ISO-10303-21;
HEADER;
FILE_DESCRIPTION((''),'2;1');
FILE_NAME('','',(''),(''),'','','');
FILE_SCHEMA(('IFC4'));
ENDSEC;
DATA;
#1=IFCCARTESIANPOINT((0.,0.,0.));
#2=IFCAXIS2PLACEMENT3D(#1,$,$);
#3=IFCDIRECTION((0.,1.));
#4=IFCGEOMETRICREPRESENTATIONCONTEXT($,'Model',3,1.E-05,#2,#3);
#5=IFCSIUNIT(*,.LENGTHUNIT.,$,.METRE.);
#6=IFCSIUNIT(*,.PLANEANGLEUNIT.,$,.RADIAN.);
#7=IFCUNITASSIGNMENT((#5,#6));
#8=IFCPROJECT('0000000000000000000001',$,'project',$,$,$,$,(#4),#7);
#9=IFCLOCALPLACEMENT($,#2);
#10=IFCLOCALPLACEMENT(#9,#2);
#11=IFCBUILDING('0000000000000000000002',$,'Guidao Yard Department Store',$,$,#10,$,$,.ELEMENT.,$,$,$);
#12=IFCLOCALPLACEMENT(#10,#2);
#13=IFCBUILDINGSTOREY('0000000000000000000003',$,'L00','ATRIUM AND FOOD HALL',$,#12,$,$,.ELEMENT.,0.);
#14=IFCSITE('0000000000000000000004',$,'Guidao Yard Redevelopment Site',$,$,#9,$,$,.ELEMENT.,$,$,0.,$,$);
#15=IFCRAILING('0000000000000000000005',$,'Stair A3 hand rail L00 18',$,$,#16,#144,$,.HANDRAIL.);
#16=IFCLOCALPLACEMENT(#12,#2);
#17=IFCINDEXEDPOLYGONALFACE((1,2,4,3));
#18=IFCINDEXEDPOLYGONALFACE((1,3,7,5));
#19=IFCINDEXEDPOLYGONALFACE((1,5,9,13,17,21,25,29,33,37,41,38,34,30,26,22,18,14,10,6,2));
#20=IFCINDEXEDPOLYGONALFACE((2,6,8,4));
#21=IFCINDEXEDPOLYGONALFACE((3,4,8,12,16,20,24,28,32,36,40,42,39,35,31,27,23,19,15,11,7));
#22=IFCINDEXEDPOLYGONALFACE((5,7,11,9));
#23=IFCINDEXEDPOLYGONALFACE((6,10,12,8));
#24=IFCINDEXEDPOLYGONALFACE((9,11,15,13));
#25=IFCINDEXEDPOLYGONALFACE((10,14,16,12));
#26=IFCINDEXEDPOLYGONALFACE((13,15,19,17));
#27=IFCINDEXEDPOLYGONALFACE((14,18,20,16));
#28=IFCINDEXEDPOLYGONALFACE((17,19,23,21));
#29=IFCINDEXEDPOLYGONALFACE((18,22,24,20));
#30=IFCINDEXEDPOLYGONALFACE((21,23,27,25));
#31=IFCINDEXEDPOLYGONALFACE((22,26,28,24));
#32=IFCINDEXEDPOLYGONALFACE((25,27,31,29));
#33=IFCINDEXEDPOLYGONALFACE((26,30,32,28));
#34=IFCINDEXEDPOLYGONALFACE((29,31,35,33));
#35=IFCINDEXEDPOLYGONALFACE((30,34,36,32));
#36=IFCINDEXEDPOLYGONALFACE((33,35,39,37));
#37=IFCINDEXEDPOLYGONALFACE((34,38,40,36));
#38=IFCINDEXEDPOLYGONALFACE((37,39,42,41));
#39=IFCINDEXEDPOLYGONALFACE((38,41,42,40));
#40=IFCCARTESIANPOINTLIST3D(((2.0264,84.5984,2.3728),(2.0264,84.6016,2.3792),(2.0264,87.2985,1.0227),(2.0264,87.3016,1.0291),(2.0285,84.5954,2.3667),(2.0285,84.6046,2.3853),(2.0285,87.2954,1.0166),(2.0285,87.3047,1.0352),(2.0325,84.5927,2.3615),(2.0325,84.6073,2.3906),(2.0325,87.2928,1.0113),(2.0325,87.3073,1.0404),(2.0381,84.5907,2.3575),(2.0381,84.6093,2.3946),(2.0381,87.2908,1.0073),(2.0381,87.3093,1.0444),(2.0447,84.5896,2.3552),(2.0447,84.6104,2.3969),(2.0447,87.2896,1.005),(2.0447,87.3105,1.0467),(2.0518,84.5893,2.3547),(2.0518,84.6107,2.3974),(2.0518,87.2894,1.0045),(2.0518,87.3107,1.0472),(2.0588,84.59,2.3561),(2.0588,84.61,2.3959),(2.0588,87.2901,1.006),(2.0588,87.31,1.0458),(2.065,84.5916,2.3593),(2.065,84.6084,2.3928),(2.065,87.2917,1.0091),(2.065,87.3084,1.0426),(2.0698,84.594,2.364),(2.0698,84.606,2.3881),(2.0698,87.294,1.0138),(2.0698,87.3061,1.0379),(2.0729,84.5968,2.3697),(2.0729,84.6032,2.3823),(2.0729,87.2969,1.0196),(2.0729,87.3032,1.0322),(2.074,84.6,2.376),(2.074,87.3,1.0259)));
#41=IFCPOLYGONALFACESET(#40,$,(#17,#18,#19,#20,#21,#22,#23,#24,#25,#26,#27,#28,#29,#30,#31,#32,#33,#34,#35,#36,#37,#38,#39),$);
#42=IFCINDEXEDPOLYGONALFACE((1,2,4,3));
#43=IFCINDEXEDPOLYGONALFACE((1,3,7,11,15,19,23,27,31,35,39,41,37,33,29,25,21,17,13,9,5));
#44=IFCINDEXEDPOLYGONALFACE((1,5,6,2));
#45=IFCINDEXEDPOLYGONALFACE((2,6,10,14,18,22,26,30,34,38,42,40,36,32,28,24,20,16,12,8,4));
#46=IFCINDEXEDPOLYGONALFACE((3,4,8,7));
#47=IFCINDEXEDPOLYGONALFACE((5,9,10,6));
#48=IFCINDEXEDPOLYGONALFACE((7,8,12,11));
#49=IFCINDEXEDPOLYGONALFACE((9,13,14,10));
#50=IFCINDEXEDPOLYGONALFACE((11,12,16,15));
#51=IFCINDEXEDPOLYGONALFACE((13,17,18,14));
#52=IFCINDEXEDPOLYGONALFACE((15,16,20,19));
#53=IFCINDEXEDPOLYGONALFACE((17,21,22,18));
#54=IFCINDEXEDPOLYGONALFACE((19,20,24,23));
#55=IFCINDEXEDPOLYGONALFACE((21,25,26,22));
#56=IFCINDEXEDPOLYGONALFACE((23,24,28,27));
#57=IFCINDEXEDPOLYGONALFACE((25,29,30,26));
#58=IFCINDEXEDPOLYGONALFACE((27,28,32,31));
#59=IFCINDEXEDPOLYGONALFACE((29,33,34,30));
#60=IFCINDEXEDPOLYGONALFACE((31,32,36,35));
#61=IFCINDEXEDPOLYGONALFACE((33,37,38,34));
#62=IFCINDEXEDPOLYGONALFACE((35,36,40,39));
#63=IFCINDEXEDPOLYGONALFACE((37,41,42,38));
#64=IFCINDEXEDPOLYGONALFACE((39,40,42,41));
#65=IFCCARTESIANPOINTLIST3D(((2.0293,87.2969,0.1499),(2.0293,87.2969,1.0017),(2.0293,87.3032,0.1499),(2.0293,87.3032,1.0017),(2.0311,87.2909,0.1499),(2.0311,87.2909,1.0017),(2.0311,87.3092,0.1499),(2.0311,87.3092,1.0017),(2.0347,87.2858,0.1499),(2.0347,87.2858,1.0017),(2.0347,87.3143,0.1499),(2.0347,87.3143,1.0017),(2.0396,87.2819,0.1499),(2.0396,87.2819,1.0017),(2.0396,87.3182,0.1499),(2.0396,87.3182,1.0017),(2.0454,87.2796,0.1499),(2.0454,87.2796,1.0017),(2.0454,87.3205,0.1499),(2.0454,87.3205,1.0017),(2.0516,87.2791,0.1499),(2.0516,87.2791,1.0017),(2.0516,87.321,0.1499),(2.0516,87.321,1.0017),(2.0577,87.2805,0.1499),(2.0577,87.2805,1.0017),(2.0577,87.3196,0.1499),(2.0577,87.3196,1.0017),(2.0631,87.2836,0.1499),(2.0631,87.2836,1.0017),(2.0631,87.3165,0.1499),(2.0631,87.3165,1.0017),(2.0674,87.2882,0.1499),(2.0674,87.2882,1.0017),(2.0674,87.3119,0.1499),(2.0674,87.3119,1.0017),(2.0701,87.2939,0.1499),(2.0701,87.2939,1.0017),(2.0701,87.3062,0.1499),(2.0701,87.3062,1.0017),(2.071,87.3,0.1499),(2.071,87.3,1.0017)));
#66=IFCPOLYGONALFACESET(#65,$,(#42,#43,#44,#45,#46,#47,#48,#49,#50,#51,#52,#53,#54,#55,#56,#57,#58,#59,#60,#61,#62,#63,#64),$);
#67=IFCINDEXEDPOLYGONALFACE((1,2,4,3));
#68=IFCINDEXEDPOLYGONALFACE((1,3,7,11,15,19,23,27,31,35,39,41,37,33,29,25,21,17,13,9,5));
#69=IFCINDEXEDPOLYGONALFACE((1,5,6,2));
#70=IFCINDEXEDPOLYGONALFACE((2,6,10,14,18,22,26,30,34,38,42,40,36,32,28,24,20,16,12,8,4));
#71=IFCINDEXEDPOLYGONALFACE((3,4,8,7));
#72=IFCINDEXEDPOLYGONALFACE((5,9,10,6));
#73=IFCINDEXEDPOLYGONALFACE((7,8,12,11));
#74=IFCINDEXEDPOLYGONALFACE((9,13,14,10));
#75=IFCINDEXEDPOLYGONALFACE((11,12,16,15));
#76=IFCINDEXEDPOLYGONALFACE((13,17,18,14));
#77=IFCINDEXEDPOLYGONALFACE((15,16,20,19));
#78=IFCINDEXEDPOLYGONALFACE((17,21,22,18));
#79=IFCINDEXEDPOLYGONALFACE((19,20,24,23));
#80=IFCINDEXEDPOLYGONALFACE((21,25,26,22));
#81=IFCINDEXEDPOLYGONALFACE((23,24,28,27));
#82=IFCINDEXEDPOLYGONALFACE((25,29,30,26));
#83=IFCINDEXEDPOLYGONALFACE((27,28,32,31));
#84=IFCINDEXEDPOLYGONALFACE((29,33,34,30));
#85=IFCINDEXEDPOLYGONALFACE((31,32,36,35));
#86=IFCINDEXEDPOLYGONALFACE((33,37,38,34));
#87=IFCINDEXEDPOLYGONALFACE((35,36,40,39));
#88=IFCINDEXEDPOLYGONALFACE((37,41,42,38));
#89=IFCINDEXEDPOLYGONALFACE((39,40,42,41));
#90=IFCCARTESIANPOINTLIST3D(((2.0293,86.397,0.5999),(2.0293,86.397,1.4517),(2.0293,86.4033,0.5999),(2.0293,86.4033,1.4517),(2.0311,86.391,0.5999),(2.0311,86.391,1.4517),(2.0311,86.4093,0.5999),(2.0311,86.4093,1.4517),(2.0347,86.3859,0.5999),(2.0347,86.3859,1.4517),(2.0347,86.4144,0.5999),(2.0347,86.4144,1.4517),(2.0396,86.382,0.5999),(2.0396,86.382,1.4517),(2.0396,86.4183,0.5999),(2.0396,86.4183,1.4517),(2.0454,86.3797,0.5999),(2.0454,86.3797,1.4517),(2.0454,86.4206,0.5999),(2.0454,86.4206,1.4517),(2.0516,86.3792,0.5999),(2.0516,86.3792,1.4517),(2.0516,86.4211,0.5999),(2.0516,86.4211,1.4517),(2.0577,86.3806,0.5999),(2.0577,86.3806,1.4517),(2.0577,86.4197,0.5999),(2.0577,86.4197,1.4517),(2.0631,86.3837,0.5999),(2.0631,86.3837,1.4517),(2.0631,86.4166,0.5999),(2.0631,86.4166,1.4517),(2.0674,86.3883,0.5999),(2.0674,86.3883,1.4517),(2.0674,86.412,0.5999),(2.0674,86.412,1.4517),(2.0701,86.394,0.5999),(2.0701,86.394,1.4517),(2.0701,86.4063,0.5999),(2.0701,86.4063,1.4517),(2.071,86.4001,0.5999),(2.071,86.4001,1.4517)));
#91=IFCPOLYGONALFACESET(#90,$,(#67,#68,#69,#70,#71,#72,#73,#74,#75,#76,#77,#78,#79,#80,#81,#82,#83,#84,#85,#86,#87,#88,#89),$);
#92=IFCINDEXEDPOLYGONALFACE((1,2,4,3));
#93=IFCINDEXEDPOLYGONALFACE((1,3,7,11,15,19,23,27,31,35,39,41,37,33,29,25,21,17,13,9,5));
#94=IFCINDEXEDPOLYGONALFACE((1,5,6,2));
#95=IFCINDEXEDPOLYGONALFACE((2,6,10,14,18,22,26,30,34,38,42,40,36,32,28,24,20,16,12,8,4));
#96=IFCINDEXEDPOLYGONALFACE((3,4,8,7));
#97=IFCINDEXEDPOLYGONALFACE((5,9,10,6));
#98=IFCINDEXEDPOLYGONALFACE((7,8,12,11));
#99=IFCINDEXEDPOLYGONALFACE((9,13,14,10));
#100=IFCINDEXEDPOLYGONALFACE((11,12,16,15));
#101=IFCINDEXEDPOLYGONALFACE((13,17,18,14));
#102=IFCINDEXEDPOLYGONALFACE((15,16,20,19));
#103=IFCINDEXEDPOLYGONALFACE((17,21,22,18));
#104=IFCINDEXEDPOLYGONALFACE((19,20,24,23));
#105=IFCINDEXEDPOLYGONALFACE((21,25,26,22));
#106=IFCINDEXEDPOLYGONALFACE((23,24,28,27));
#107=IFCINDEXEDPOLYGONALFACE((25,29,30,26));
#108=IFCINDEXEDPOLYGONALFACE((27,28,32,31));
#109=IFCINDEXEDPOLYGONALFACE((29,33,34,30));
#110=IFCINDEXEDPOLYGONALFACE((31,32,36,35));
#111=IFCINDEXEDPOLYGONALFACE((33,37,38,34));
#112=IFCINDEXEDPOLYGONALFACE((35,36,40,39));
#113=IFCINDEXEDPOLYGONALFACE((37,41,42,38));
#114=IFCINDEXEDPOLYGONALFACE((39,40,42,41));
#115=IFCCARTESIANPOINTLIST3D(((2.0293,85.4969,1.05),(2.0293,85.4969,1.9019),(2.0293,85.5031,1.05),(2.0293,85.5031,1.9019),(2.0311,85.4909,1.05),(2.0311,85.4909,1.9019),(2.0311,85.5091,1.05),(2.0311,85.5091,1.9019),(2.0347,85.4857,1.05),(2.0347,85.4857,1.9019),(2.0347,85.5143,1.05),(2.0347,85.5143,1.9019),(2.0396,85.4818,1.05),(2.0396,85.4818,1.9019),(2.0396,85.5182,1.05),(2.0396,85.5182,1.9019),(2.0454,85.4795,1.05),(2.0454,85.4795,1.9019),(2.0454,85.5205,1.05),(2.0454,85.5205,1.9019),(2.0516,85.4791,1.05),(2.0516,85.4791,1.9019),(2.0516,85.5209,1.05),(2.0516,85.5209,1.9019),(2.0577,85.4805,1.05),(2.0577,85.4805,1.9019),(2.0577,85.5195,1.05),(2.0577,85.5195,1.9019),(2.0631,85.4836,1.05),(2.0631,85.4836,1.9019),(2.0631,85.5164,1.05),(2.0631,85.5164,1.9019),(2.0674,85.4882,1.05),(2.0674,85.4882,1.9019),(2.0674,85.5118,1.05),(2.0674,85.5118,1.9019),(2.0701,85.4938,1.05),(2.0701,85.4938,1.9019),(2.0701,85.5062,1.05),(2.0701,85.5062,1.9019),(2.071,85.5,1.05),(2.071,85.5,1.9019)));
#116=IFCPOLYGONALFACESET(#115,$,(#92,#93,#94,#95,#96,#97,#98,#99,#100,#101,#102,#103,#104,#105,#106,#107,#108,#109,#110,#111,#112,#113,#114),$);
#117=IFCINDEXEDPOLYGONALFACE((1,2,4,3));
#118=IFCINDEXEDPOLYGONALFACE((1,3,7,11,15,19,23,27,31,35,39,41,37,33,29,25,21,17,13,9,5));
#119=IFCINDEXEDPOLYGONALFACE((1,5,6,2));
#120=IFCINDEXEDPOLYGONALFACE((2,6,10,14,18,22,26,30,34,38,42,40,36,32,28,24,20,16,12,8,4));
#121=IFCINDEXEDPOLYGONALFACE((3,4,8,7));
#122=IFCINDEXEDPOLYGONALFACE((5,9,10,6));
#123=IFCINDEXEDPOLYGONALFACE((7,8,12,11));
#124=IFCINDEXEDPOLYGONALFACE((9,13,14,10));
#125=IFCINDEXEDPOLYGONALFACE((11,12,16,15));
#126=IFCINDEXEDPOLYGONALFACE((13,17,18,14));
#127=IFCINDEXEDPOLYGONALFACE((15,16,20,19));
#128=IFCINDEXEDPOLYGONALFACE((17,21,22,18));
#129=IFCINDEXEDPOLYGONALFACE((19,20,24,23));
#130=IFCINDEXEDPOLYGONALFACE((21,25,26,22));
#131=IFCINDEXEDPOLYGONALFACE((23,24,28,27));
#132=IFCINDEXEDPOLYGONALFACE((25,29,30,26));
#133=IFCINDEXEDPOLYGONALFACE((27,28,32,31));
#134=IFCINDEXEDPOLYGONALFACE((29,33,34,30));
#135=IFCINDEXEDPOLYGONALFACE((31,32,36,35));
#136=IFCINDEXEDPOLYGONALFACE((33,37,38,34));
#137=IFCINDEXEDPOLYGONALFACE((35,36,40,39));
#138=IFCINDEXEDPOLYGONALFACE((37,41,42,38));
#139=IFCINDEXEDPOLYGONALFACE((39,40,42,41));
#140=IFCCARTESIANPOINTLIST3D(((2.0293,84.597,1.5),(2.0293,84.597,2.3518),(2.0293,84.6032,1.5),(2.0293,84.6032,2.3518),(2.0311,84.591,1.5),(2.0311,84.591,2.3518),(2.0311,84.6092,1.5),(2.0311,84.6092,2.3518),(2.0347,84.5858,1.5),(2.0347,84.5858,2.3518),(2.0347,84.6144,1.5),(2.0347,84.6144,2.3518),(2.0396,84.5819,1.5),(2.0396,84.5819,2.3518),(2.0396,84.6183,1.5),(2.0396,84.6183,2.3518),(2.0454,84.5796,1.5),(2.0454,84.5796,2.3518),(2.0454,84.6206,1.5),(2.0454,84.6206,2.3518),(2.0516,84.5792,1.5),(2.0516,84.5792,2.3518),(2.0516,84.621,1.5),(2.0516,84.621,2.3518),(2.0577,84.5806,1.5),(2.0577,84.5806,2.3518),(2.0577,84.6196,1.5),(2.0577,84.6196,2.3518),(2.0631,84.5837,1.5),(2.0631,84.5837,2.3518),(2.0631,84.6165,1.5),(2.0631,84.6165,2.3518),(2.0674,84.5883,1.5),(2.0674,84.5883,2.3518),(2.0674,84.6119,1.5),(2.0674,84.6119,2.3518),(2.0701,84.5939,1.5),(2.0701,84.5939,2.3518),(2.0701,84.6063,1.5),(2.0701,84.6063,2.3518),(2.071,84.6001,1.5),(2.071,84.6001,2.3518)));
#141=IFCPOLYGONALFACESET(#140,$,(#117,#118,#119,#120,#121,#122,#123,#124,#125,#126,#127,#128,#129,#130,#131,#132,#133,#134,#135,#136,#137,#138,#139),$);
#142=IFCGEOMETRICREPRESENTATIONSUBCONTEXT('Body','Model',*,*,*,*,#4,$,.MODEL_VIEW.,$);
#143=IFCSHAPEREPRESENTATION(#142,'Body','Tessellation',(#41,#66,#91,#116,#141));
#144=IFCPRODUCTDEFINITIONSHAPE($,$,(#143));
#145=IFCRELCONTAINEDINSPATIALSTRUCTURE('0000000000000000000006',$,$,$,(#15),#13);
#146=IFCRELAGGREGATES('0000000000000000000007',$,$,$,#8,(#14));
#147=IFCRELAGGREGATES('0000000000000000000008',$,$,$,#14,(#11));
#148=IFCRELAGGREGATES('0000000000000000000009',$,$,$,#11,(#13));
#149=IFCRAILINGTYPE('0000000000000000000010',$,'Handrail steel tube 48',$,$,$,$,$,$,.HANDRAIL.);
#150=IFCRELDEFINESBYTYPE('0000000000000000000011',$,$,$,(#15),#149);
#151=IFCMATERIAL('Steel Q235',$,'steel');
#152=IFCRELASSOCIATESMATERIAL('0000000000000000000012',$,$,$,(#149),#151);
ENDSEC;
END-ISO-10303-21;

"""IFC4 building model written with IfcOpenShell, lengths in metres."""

from ifc_helpers import new_model, si_unit, direction, frame, origin, origin_2d, place, context, subcontext, project, spatial, circle, extrude, material, type_object, element, save


model = new_model("IFC4")

# Units and contexts
model_context = context("Model", 3, precision=1e-05, world=origin(), true_north=direction((0.0, 1.0)))
body_context = subcontext(model_context, "Body", "Model", "MODEL_VIEW")
ifc_project = project(units=[si_unit("LENGTHUNIT", "METRE"), si_unit("PLANEANGLEUNIT", "RADIAN")], contexts=[model_context])

# Site, building, storey
site_placement = place(None, origin())
site = spatial("IfcSite", under=ifc_project, at=site_placement, Name="Guidao Yard Redevelopment Site", CompositionType="ELEMENT", RefElevation=0.0)
building_placement = place(site_placement, origin())
building = spatial("IfcBuilding", under=site, at=building_placement, Name="Guidao Yard Department Store", CompositionType="ELEMENT")
storey_placement = place(building_placement, origin())
storey = spatial("IfcBuildingStorey", under=building, at=storey_placement, Name="L00", Description="ATRIUM AND FOOD HALL", CompositionType="ELEMENT", Elevation=0.0)

# Railing
ifc_material_1 = material(Name="Steel Q235", Category="steel")
railing_type = type_object("IfcRailingType", Name="Handrail steel tube 48", PredefinedType="HANDRAIL", material=ifc_material_1)
for number, where, name in (
    (1, (2.05, 87.3, 0.1499), "Stair A3 hand rail L00 18"),
):
    element("IfcRailing", number, at=place(storey_placement, frame(where)), inside=storey, type_object=railing_type, Name=name, PredefinedType="HANDRAIL", context=body_context, shape_type="SweptSolid", body=[
        extrude(circle(Radius=0.0239, at=origin_2d()), frame((0.0, 0.0, 0.876), z_axis=(0.0, -0.894411, 0.447246), x_axis=(1.0, 0.0, 0.0)), (0.0, 0.0, 1.0), 3.0188),
        extrude(circle(Radius=0.021, at=origin_2d()), origin(), (0.0, 0.0, 1.0), 0.8518),
        extrude(circle(Radius=0.021, at=origin_2d()), frame((0.0, -0.8999, 0.45)), (0.0, 0.0, 1.0), 0.8518),
        extrude(circle(Radius=0.021, at=origin_2d()), frame((0.0, -1.8, 0.9001)), (0.0, 0.0, 1.0), 0.8518),
        extrude(circle(Radius=0.021, at=origin_2d()), frame((0.0, -2.7, 1.3501)), (0.0, 0.0, 1.0), 0.8518),
    ])

save(model, "model.ifc")
